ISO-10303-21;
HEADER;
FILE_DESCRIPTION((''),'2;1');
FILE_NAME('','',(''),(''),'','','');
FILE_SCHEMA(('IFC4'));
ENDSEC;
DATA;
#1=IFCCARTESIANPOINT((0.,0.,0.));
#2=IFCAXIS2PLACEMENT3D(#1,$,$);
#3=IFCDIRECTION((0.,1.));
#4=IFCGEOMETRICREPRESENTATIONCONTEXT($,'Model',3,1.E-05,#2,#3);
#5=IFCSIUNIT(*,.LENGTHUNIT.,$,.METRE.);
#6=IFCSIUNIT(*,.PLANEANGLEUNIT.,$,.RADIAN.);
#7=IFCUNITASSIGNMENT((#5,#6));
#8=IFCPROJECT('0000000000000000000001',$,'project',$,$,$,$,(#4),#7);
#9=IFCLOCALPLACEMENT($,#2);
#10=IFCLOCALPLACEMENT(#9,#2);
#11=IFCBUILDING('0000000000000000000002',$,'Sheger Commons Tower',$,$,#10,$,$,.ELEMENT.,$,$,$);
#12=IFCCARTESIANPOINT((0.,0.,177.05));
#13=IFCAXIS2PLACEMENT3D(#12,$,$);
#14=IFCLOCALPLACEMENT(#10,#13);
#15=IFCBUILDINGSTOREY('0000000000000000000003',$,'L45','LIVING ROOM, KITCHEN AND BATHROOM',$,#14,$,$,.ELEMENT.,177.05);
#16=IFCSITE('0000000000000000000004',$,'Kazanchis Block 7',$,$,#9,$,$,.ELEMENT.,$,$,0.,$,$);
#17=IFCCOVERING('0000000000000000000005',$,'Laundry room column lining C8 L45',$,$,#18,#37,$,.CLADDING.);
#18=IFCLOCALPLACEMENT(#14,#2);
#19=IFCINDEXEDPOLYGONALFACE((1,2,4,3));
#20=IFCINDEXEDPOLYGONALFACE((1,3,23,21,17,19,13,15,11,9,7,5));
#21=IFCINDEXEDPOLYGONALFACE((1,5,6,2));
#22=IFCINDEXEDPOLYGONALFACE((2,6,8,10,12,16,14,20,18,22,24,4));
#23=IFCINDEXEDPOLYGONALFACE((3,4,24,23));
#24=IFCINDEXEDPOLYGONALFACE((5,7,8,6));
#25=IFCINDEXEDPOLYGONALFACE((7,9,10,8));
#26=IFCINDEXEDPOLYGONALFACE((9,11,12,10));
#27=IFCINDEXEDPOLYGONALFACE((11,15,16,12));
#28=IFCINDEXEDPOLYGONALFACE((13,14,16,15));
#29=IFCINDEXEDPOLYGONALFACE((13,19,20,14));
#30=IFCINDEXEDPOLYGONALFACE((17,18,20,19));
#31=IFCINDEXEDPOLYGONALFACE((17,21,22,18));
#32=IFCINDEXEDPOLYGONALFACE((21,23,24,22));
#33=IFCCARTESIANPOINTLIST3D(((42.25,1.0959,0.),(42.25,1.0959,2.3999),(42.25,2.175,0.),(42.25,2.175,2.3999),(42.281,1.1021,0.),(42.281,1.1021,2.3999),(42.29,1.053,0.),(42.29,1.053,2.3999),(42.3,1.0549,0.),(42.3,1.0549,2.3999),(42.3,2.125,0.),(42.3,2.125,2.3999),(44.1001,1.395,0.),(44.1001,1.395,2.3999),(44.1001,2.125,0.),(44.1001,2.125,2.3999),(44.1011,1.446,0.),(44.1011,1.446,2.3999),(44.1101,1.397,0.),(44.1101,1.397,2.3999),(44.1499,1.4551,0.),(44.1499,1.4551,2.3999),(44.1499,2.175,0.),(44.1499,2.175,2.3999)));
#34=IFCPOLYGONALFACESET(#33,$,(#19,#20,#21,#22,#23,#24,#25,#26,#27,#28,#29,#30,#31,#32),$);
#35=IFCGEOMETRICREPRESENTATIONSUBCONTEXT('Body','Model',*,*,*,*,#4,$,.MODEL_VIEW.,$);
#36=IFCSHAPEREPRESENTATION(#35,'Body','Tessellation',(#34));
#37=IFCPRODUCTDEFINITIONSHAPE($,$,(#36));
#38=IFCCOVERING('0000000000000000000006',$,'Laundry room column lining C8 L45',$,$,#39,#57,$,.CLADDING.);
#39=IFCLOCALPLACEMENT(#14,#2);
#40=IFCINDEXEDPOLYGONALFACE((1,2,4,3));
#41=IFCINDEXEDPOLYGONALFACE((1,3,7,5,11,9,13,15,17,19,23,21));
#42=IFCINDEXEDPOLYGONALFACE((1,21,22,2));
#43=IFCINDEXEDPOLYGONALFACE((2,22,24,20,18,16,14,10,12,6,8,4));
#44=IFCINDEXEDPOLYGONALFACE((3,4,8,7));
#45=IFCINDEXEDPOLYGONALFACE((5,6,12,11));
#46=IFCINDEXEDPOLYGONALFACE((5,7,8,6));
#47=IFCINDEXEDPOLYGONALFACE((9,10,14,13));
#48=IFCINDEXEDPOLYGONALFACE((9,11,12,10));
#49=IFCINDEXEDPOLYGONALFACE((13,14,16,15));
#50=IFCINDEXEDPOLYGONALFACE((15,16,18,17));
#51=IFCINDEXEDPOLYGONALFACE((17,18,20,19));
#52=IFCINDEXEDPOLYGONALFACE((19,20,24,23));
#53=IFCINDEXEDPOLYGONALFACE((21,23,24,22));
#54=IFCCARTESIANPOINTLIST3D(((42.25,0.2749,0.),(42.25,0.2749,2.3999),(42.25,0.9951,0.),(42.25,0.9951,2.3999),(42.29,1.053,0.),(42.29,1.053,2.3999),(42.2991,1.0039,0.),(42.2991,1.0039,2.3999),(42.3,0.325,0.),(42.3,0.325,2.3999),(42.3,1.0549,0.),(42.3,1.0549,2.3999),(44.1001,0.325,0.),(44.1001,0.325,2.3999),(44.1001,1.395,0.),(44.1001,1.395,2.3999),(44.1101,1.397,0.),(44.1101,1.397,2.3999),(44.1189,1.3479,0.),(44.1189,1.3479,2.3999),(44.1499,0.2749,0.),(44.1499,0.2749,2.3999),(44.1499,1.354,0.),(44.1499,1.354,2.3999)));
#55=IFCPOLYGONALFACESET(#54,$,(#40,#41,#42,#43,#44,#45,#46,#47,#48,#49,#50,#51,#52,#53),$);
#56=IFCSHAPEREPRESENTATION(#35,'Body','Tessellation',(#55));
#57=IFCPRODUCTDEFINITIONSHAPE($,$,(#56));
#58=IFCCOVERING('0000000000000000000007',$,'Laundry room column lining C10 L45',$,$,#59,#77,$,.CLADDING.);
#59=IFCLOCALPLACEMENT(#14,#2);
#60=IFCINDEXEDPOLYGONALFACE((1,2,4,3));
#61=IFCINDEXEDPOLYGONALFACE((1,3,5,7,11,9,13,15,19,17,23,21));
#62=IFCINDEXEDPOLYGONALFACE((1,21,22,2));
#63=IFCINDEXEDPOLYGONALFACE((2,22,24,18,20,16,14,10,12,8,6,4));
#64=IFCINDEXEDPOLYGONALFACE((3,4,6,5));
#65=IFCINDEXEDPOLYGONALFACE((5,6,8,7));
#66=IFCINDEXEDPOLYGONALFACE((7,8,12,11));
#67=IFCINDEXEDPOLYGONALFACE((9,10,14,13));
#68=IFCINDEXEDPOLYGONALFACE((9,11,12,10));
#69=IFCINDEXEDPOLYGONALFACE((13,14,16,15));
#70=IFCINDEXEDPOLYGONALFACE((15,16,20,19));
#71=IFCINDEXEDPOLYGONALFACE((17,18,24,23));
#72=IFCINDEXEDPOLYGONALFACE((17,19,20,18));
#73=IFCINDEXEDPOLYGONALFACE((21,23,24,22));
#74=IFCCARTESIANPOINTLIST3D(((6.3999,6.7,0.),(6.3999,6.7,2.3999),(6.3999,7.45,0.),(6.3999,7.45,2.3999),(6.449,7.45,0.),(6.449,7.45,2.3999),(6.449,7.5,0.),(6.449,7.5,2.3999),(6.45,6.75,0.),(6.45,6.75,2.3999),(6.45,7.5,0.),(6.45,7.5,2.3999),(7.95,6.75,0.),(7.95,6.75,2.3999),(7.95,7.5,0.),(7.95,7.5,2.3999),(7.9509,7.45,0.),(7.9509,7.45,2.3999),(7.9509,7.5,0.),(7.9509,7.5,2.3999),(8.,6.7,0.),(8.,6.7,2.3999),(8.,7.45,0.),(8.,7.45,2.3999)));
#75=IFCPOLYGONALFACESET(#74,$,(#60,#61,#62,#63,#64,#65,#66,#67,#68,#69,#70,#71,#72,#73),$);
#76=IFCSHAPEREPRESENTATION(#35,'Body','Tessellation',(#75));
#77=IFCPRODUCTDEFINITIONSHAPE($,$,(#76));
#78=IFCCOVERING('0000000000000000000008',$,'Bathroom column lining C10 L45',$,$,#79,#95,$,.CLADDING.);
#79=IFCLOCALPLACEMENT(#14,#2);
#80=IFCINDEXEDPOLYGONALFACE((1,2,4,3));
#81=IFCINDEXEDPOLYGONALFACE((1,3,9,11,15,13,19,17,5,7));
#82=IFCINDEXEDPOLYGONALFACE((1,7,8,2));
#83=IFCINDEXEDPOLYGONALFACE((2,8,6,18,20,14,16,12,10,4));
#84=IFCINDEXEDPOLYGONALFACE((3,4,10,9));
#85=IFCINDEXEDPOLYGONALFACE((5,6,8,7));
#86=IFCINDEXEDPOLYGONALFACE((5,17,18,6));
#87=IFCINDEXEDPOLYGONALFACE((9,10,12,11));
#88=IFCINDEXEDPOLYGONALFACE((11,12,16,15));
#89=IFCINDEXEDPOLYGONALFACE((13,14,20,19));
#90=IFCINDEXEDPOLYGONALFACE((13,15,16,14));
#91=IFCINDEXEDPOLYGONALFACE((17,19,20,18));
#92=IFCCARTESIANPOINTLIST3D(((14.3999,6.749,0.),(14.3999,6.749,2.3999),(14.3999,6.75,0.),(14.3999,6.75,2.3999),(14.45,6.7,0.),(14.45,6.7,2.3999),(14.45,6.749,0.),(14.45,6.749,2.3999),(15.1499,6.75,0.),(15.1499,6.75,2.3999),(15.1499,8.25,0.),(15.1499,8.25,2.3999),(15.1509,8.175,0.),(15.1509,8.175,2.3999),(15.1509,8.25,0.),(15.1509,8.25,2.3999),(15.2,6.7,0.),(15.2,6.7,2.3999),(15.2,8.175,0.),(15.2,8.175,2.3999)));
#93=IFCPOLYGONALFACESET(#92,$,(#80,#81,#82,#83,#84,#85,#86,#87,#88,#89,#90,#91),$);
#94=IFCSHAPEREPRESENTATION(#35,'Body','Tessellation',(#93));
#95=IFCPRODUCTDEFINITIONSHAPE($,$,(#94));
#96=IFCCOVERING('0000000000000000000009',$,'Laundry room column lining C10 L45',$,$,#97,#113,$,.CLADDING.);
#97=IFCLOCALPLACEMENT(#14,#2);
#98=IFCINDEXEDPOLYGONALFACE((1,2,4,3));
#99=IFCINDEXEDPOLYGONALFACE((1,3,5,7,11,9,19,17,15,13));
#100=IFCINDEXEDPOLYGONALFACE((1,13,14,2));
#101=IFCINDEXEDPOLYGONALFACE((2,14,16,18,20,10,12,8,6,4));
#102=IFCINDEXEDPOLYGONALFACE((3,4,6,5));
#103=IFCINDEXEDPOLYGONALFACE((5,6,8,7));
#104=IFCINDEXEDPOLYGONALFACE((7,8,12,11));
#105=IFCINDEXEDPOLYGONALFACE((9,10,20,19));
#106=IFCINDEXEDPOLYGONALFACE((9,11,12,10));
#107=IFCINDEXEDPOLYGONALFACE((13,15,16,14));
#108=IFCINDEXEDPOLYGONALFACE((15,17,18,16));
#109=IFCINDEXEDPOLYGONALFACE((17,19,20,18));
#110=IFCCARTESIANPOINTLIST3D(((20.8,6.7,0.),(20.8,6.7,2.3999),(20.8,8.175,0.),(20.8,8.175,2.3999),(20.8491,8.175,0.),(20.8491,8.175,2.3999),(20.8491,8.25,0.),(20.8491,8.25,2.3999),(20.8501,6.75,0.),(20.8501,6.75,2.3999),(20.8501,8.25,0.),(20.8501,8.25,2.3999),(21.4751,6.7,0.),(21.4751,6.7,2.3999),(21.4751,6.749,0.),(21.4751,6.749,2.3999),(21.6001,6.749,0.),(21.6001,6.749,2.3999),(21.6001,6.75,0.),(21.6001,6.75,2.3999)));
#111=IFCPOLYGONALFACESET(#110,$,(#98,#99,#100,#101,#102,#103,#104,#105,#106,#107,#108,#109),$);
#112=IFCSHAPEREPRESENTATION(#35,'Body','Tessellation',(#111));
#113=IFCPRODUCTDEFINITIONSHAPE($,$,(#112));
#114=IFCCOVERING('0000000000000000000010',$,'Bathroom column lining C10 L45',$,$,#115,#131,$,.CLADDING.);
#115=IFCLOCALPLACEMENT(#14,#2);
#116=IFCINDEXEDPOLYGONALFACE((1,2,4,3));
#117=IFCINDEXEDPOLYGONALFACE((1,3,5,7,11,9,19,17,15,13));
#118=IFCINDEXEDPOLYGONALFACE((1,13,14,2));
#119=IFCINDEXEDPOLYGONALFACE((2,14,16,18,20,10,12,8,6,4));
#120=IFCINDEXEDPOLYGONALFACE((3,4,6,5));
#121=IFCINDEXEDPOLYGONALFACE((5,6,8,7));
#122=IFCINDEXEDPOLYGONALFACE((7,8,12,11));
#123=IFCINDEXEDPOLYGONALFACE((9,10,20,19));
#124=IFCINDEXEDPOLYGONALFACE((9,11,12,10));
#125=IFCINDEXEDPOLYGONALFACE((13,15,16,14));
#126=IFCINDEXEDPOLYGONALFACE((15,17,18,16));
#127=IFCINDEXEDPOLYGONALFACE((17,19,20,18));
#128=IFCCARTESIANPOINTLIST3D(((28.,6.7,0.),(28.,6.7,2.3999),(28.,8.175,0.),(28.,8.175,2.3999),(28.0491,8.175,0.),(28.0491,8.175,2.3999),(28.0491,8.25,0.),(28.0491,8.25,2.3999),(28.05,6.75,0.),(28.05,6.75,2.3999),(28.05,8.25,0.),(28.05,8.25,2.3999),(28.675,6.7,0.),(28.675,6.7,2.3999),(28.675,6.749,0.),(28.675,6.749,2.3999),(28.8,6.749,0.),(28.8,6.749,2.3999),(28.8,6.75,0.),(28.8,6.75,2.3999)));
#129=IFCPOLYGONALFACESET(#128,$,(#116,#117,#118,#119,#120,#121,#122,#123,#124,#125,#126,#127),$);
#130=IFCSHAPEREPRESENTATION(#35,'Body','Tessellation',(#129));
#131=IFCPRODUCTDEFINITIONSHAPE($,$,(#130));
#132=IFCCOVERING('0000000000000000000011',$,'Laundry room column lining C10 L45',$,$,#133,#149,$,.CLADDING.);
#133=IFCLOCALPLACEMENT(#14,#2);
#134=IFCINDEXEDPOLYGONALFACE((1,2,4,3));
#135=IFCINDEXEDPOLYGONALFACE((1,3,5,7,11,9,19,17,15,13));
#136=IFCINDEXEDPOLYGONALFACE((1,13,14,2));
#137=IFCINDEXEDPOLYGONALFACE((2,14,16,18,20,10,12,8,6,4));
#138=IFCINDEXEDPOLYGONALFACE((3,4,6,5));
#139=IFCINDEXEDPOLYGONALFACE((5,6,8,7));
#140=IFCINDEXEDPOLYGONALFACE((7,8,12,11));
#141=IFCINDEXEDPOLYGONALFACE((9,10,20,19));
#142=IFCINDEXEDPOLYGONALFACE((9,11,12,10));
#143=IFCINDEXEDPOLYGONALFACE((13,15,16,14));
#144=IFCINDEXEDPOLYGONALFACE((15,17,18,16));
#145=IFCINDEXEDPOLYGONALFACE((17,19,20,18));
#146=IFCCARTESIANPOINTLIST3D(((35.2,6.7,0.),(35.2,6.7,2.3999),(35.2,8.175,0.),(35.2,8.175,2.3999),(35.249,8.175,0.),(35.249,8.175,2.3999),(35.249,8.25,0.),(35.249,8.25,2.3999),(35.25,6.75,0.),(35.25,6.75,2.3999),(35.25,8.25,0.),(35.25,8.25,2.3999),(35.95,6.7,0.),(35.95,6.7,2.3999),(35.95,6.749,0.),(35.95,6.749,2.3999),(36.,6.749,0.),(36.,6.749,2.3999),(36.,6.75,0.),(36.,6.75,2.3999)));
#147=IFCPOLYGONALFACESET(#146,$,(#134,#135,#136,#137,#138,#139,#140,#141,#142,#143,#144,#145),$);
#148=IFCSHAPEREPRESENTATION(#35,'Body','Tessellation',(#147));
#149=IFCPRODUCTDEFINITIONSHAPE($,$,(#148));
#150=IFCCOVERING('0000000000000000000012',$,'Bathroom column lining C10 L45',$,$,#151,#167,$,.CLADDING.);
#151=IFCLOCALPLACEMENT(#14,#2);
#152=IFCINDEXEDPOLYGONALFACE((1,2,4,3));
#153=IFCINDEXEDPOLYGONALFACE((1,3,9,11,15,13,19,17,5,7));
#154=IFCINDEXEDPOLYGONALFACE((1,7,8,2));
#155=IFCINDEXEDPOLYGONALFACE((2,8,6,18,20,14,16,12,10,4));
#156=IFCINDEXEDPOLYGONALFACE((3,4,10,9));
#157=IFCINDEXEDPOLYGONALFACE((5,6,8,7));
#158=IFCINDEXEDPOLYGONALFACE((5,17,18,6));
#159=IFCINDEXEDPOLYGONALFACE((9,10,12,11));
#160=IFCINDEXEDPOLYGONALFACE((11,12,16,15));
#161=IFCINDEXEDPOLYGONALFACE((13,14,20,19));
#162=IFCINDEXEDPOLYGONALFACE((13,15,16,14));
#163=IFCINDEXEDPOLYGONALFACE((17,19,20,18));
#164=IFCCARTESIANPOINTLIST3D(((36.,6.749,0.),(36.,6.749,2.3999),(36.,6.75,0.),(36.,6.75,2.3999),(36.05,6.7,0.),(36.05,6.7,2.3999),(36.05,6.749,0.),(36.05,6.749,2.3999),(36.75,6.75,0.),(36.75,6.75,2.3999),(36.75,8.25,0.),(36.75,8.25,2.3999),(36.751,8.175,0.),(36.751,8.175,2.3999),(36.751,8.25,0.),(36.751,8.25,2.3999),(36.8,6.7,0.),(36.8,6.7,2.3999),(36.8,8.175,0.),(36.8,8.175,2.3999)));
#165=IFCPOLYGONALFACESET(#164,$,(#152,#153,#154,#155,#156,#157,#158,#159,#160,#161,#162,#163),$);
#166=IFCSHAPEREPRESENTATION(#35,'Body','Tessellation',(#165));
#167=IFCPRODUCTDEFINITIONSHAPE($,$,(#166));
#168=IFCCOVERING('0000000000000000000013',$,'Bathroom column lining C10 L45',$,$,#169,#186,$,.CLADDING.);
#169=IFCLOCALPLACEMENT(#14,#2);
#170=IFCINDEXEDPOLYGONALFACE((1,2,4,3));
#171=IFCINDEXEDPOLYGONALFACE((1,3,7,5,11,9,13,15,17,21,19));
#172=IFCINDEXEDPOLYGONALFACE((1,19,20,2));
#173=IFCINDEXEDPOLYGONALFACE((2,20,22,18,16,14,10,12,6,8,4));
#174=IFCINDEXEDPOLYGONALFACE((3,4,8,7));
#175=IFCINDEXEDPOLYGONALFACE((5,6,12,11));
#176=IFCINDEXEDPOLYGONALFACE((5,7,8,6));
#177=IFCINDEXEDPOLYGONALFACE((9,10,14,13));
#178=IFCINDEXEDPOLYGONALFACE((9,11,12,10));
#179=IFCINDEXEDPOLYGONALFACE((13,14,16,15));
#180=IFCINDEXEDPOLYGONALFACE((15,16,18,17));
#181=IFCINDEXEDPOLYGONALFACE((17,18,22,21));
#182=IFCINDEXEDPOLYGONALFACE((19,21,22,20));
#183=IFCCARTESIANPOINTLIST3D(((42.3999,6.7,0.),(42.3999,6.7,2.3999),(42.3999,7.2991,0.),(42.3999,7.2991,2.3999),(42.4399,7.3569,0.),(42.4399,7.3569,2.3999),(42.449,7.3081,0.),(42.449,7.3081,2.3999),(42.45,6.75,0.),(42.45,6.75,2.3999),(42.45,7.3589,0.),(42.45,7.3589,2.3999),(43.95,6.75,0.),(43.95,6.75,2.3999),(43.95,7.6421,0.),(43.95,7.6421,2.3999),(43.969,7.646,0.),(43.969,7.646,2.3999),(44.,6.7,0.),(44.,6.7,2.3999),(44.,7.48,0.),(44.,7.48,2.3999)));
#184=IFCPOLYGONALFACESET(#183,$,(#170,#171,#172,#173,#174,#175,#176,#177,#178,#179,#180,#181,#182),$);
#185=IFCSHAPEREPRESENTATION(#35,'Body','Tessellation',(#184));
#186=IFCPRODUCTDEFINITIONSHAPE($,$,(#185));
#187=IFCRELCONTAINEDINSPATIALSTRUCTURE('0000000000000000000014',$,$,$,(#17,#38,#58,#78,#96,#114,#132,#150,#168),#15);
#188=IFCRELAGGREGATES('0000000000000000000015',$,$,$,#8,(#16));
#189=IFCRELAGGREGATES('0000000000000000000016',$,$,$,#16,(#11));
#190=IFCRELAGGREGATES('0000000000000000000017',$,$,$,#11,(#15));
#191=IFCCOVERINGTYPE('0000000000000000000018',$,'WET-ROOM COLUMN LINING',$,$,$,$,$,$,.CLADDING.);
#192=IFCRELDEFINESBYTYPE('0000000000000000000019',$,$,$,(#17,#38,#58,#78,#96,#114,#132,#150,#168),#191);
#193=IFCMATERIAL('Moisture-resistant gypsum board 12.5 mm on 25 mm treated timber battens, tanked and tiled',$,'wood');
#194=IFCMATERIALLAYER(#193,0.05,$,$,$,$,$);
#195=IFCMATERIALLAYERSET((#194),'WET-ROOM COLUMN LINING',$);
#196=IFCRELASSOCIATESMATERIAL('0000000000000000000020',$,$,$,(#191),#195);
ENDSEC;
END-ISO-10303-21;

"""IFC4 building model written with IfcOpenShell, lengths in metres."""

from ifc_helpers import new_model, si_unit, direction, frame, origin, place, context, subcontext, project, spatial, polyline, outline, extrude, material, layer, layer_set, type_object, element, save


model = new_model("IFC4")

# Units and contexts
model_context = context("Model", 3, precision=1e-05, world=origin(), true_north=direction((0.0, 1.0)))
body_context = subcontext(model_context, "Body", "Model", "MODEL_VIEW")
ifc_project = project(units=[si_unit("LENGTHUNIT", "METRE"), si_unit("PLANEANGLEUNIT", "RADIAN")], contexts=[model_context])

# Site, building, storey
site_placement = place(None, origin())
site = spatial("IfcSite", under=ifc_project, at=site_placement, Name="Kazanchis Block 7", CompositionType="ELEMENT", RefElevation=0.0)
building_placement = place(site_placement, origin())
building = spatial("IfcBuilding", under=site, at=building_placement, Name="Sheger Commons Tower", CompositionType="ELEMENT")
storey_placement = place(building_placement, frame((0.0, 0.0, 177.05)))
storey = spatial("IfcBuildingStorey", under=building, at=storey_placement, Name="L45", Description="LIVING ROOM, KITCHEN AND BATHROOM", CompositionType="ELEMENT", Elevation=177.05)

# Coverings
ifc_material_1 = material(Name="Moisture-resistant gypsum board 12.5 mm on 25 mm treated timber battens, tanked and tiled", Category="wood")
ifc_layer_1 = layer(ifc_material_1, 0.05)
ifc_layer_set_1 = layer_set([ifc_layer_1], Name="WET-ROOM COLUMN LINING")
covering_type_1 = type_object("IfcCoveringType", Name="WET-ROOM COLUMN LINING", PredefinedType="CLADDING", material=ifc_layer_set_1)
covering_1_placement = place(storey_placement, origin())
element("IfcCovering", 1, at=covering_1_placement, inside=storey, type_object=covering_type_1, Name="Laundry room column lining C8 L45", PredefinedType="CLADDING", context=body_context, shape_type="SweptSolid", body=[
    extrude(outline(polyline([(44.1499, 2.175), (44.1499, 1.4551), (44.1011, 1.446), (44.1101, 1.397), (44.1001, 1.395), (44.1001, 2.125), (42.3, 2.125), (42.3, 1.0549), (42.29, 1.053), (42.281, 1.1021), (42.25, 1.0959), (42.25, 2.175), (44.1499, 2.175)])), origin(), (0.0, 0.0, 1.0), 2.3999),
])
covering_2_placement = place(storey_placement, origin())
element("IfcCovering", 2, at=covering_2_placement, inside=storey, type_object=covering_type_1, Name="Laundry room column lining C8 L45", PredefinedType="CLADDING", context=body_context, shape_type="SweptSolid", body=[
    extrude(outline(polyline([(42.3, 1.0549), (42.3, 0.325), (44.1001, 0.325), (44.1001, 1.395), (44.1101, 1.397), (44.1189, 1.3479), (44.1499, 1.354), (44.1499, 0.2749), (42.25, 0.2749), (42.25, 0.9951), (42.2991, 1.0039), (42.29, 1.053), (42.3, 1.0549)])), origin(), (0.0, 0.0, 1.0), 2.3999),
])
covering_3_placement = place(storey_placement, origin())
element("IfcCovering", 3, at=covering_3_placement, inside=storey, type_object=covering_type_1, Name="Laundry room column lining C10 L45", PredefinedType="CLADDING", context=body_context, shape_type="SweptSolid", body=[
    extrude(outline(polyline([(6.45, 7.5), (6.45, 6.75), (7.95, 6.75), (7.95, 7.5), (7.9509, 7.5), (7.9509, 7.45), (8.0, 7.45), (8.0, 6.7), (6.3999, 6.7), (6.3999, 7.45), (6.449, 7.45), (6.449, 7.5), (6.45, 7.5)])), origin(), (0.0, 0.0, 1.0), 2.3999),
])
covering_4_placement = place(storey_placement, origin())
element("IfcCovering", 4, at=covering_4_placement, inside=storey, type_object=covering_type_1, Name="Bathroom column lining C10 L45", PredefinedType="CLADDING", context=body_context, shape_type="SweptSolid", body=[
    extrude(outline(polyline([(14.45, 6.7), (14.45, 6.749), (14.3999, 6.749), (14.3999, 6.75), (15.1499, 6.75), (15.1499, 8.25), (15.1509, 8.25), (15.1509, 8.175), (15.2, 8.175), (15.2, 6.7), (14.45, 6.7)])), origin(), (0.0, 0.0, 1.0), 2.3999),
])
covering_5_placement = place(storey_placement, origin())
element("IfcCovering", 5, at=covering_5_placement, inside=storey, type_object=covering_type_1, Name="Laundry room column lining C10 L45", PredefinedType="CLADDING", context=body_context, shape_type="SweptSolid", body=[
    extrude(outline(polyline([(20.8501, 8.25), (20.8501, 6.75), (21.6001, 6.75), (21.6001, 6.749), (21.4751, 6.749), (21.4751, 6.7), (20.8, 6.7), (20.8, 8.175), (20.8491, 8.175), (20.8491, 8.25), (20.8501, 8.25)])), origin(), (0.0, 0.0, 1.0), 2.3999),
])
covering_6_placement = place(storey_placement, origin())
element("IfcCovering", 6, at=covering_6_placement, inside=storey, type_object=covering_type_1, Name="Bathroom column lining C10 L45", PredefinedType="CLADDING", context=body_context, shape_type="SweptSolid", body=[
    extrude(outline(polyline([(28.05, 8.25), (28.05, 6.75), (28.8, 6.75), (28.8, 6.749), (28.675, 6.749), (28.675, 6.7), (28.0, 6.7), (28.0, 8.175), (28.0491, 8.175), (28.0491, 8.25), (28.05, 8.25)])), origin(), (0.0, 0.0, 1.0), 2.3999),
])
covering_7_placement = place(storey_placement, origin())
element("IfcCovering", 7, at=covering_7_placement, inside=storey, type_object=covering_type_1, Name="Laundry room column lining C10 L45", PredefinedType="CLADDING", context=body_context, shape_type="SweptSolid", body=[
    extrude(outline(polyline([(35.25, 8.25), (35.25, 6.75), (36.0, 6.75), (36.0, 6.749), (35.95, 6.749), (35.95, 6.7), (35.2, 6.7), (35.2, 8.175), (35.249, 8.175), (35.249, 8.25), (35.25, 8.25)])), origin(), (0.0, 0.0, 1.0), 2.3999),
])
covering_8_placement = place(storey_placement, origin())
element("IfcCovering", 8, at=covering_8_placement, inside=storey, type_object=covering_type_1, Name="Bathroom column lining C10 L45", PredefinedType="CLADDING", context=body_context, shape_type="SweptSolid", body=[
    extrude(outline(polyline([(36.05, 6.7), (36.05, 6.749), (36.0, 6.749), (36.0, 6.75), (36.75, 6.75), (36.75, 8.25), (36.751, 8.25), (36.751, 8.175), (36.8, 8.175), (36.8, 6.7), (36.05, 6.7)])), origin(), (0.0, 0.0, 1.0), 2.3999),
])
covering_9_placement = place(storey_placement, origin())
element("IfcCovering", 9, at=covering_9_placement, inside=storey, type_object=covering_type_1, Name="Bathroom column lining C10 L45", PredefinedType="CLADDING", context=body_context, shape_type="SweptSolid", body=[
    extrude(outline(polyline([(42.45, 7.3589), (42.45, 6.75), (43.95, 6.75), (43.95, 7.6421), (43.969, 7.646), (44.0, 7.48), (44.0, 6.7), (42.3999, 6.7), (42.3999, 7.2991), (42.449, 7.3081), (42.4399, 7.3569), (42.45, 7.3589)])), origin(), (0.0, 0.0, 1.0), 2.3999),
])

save(model, "model.ifc")
